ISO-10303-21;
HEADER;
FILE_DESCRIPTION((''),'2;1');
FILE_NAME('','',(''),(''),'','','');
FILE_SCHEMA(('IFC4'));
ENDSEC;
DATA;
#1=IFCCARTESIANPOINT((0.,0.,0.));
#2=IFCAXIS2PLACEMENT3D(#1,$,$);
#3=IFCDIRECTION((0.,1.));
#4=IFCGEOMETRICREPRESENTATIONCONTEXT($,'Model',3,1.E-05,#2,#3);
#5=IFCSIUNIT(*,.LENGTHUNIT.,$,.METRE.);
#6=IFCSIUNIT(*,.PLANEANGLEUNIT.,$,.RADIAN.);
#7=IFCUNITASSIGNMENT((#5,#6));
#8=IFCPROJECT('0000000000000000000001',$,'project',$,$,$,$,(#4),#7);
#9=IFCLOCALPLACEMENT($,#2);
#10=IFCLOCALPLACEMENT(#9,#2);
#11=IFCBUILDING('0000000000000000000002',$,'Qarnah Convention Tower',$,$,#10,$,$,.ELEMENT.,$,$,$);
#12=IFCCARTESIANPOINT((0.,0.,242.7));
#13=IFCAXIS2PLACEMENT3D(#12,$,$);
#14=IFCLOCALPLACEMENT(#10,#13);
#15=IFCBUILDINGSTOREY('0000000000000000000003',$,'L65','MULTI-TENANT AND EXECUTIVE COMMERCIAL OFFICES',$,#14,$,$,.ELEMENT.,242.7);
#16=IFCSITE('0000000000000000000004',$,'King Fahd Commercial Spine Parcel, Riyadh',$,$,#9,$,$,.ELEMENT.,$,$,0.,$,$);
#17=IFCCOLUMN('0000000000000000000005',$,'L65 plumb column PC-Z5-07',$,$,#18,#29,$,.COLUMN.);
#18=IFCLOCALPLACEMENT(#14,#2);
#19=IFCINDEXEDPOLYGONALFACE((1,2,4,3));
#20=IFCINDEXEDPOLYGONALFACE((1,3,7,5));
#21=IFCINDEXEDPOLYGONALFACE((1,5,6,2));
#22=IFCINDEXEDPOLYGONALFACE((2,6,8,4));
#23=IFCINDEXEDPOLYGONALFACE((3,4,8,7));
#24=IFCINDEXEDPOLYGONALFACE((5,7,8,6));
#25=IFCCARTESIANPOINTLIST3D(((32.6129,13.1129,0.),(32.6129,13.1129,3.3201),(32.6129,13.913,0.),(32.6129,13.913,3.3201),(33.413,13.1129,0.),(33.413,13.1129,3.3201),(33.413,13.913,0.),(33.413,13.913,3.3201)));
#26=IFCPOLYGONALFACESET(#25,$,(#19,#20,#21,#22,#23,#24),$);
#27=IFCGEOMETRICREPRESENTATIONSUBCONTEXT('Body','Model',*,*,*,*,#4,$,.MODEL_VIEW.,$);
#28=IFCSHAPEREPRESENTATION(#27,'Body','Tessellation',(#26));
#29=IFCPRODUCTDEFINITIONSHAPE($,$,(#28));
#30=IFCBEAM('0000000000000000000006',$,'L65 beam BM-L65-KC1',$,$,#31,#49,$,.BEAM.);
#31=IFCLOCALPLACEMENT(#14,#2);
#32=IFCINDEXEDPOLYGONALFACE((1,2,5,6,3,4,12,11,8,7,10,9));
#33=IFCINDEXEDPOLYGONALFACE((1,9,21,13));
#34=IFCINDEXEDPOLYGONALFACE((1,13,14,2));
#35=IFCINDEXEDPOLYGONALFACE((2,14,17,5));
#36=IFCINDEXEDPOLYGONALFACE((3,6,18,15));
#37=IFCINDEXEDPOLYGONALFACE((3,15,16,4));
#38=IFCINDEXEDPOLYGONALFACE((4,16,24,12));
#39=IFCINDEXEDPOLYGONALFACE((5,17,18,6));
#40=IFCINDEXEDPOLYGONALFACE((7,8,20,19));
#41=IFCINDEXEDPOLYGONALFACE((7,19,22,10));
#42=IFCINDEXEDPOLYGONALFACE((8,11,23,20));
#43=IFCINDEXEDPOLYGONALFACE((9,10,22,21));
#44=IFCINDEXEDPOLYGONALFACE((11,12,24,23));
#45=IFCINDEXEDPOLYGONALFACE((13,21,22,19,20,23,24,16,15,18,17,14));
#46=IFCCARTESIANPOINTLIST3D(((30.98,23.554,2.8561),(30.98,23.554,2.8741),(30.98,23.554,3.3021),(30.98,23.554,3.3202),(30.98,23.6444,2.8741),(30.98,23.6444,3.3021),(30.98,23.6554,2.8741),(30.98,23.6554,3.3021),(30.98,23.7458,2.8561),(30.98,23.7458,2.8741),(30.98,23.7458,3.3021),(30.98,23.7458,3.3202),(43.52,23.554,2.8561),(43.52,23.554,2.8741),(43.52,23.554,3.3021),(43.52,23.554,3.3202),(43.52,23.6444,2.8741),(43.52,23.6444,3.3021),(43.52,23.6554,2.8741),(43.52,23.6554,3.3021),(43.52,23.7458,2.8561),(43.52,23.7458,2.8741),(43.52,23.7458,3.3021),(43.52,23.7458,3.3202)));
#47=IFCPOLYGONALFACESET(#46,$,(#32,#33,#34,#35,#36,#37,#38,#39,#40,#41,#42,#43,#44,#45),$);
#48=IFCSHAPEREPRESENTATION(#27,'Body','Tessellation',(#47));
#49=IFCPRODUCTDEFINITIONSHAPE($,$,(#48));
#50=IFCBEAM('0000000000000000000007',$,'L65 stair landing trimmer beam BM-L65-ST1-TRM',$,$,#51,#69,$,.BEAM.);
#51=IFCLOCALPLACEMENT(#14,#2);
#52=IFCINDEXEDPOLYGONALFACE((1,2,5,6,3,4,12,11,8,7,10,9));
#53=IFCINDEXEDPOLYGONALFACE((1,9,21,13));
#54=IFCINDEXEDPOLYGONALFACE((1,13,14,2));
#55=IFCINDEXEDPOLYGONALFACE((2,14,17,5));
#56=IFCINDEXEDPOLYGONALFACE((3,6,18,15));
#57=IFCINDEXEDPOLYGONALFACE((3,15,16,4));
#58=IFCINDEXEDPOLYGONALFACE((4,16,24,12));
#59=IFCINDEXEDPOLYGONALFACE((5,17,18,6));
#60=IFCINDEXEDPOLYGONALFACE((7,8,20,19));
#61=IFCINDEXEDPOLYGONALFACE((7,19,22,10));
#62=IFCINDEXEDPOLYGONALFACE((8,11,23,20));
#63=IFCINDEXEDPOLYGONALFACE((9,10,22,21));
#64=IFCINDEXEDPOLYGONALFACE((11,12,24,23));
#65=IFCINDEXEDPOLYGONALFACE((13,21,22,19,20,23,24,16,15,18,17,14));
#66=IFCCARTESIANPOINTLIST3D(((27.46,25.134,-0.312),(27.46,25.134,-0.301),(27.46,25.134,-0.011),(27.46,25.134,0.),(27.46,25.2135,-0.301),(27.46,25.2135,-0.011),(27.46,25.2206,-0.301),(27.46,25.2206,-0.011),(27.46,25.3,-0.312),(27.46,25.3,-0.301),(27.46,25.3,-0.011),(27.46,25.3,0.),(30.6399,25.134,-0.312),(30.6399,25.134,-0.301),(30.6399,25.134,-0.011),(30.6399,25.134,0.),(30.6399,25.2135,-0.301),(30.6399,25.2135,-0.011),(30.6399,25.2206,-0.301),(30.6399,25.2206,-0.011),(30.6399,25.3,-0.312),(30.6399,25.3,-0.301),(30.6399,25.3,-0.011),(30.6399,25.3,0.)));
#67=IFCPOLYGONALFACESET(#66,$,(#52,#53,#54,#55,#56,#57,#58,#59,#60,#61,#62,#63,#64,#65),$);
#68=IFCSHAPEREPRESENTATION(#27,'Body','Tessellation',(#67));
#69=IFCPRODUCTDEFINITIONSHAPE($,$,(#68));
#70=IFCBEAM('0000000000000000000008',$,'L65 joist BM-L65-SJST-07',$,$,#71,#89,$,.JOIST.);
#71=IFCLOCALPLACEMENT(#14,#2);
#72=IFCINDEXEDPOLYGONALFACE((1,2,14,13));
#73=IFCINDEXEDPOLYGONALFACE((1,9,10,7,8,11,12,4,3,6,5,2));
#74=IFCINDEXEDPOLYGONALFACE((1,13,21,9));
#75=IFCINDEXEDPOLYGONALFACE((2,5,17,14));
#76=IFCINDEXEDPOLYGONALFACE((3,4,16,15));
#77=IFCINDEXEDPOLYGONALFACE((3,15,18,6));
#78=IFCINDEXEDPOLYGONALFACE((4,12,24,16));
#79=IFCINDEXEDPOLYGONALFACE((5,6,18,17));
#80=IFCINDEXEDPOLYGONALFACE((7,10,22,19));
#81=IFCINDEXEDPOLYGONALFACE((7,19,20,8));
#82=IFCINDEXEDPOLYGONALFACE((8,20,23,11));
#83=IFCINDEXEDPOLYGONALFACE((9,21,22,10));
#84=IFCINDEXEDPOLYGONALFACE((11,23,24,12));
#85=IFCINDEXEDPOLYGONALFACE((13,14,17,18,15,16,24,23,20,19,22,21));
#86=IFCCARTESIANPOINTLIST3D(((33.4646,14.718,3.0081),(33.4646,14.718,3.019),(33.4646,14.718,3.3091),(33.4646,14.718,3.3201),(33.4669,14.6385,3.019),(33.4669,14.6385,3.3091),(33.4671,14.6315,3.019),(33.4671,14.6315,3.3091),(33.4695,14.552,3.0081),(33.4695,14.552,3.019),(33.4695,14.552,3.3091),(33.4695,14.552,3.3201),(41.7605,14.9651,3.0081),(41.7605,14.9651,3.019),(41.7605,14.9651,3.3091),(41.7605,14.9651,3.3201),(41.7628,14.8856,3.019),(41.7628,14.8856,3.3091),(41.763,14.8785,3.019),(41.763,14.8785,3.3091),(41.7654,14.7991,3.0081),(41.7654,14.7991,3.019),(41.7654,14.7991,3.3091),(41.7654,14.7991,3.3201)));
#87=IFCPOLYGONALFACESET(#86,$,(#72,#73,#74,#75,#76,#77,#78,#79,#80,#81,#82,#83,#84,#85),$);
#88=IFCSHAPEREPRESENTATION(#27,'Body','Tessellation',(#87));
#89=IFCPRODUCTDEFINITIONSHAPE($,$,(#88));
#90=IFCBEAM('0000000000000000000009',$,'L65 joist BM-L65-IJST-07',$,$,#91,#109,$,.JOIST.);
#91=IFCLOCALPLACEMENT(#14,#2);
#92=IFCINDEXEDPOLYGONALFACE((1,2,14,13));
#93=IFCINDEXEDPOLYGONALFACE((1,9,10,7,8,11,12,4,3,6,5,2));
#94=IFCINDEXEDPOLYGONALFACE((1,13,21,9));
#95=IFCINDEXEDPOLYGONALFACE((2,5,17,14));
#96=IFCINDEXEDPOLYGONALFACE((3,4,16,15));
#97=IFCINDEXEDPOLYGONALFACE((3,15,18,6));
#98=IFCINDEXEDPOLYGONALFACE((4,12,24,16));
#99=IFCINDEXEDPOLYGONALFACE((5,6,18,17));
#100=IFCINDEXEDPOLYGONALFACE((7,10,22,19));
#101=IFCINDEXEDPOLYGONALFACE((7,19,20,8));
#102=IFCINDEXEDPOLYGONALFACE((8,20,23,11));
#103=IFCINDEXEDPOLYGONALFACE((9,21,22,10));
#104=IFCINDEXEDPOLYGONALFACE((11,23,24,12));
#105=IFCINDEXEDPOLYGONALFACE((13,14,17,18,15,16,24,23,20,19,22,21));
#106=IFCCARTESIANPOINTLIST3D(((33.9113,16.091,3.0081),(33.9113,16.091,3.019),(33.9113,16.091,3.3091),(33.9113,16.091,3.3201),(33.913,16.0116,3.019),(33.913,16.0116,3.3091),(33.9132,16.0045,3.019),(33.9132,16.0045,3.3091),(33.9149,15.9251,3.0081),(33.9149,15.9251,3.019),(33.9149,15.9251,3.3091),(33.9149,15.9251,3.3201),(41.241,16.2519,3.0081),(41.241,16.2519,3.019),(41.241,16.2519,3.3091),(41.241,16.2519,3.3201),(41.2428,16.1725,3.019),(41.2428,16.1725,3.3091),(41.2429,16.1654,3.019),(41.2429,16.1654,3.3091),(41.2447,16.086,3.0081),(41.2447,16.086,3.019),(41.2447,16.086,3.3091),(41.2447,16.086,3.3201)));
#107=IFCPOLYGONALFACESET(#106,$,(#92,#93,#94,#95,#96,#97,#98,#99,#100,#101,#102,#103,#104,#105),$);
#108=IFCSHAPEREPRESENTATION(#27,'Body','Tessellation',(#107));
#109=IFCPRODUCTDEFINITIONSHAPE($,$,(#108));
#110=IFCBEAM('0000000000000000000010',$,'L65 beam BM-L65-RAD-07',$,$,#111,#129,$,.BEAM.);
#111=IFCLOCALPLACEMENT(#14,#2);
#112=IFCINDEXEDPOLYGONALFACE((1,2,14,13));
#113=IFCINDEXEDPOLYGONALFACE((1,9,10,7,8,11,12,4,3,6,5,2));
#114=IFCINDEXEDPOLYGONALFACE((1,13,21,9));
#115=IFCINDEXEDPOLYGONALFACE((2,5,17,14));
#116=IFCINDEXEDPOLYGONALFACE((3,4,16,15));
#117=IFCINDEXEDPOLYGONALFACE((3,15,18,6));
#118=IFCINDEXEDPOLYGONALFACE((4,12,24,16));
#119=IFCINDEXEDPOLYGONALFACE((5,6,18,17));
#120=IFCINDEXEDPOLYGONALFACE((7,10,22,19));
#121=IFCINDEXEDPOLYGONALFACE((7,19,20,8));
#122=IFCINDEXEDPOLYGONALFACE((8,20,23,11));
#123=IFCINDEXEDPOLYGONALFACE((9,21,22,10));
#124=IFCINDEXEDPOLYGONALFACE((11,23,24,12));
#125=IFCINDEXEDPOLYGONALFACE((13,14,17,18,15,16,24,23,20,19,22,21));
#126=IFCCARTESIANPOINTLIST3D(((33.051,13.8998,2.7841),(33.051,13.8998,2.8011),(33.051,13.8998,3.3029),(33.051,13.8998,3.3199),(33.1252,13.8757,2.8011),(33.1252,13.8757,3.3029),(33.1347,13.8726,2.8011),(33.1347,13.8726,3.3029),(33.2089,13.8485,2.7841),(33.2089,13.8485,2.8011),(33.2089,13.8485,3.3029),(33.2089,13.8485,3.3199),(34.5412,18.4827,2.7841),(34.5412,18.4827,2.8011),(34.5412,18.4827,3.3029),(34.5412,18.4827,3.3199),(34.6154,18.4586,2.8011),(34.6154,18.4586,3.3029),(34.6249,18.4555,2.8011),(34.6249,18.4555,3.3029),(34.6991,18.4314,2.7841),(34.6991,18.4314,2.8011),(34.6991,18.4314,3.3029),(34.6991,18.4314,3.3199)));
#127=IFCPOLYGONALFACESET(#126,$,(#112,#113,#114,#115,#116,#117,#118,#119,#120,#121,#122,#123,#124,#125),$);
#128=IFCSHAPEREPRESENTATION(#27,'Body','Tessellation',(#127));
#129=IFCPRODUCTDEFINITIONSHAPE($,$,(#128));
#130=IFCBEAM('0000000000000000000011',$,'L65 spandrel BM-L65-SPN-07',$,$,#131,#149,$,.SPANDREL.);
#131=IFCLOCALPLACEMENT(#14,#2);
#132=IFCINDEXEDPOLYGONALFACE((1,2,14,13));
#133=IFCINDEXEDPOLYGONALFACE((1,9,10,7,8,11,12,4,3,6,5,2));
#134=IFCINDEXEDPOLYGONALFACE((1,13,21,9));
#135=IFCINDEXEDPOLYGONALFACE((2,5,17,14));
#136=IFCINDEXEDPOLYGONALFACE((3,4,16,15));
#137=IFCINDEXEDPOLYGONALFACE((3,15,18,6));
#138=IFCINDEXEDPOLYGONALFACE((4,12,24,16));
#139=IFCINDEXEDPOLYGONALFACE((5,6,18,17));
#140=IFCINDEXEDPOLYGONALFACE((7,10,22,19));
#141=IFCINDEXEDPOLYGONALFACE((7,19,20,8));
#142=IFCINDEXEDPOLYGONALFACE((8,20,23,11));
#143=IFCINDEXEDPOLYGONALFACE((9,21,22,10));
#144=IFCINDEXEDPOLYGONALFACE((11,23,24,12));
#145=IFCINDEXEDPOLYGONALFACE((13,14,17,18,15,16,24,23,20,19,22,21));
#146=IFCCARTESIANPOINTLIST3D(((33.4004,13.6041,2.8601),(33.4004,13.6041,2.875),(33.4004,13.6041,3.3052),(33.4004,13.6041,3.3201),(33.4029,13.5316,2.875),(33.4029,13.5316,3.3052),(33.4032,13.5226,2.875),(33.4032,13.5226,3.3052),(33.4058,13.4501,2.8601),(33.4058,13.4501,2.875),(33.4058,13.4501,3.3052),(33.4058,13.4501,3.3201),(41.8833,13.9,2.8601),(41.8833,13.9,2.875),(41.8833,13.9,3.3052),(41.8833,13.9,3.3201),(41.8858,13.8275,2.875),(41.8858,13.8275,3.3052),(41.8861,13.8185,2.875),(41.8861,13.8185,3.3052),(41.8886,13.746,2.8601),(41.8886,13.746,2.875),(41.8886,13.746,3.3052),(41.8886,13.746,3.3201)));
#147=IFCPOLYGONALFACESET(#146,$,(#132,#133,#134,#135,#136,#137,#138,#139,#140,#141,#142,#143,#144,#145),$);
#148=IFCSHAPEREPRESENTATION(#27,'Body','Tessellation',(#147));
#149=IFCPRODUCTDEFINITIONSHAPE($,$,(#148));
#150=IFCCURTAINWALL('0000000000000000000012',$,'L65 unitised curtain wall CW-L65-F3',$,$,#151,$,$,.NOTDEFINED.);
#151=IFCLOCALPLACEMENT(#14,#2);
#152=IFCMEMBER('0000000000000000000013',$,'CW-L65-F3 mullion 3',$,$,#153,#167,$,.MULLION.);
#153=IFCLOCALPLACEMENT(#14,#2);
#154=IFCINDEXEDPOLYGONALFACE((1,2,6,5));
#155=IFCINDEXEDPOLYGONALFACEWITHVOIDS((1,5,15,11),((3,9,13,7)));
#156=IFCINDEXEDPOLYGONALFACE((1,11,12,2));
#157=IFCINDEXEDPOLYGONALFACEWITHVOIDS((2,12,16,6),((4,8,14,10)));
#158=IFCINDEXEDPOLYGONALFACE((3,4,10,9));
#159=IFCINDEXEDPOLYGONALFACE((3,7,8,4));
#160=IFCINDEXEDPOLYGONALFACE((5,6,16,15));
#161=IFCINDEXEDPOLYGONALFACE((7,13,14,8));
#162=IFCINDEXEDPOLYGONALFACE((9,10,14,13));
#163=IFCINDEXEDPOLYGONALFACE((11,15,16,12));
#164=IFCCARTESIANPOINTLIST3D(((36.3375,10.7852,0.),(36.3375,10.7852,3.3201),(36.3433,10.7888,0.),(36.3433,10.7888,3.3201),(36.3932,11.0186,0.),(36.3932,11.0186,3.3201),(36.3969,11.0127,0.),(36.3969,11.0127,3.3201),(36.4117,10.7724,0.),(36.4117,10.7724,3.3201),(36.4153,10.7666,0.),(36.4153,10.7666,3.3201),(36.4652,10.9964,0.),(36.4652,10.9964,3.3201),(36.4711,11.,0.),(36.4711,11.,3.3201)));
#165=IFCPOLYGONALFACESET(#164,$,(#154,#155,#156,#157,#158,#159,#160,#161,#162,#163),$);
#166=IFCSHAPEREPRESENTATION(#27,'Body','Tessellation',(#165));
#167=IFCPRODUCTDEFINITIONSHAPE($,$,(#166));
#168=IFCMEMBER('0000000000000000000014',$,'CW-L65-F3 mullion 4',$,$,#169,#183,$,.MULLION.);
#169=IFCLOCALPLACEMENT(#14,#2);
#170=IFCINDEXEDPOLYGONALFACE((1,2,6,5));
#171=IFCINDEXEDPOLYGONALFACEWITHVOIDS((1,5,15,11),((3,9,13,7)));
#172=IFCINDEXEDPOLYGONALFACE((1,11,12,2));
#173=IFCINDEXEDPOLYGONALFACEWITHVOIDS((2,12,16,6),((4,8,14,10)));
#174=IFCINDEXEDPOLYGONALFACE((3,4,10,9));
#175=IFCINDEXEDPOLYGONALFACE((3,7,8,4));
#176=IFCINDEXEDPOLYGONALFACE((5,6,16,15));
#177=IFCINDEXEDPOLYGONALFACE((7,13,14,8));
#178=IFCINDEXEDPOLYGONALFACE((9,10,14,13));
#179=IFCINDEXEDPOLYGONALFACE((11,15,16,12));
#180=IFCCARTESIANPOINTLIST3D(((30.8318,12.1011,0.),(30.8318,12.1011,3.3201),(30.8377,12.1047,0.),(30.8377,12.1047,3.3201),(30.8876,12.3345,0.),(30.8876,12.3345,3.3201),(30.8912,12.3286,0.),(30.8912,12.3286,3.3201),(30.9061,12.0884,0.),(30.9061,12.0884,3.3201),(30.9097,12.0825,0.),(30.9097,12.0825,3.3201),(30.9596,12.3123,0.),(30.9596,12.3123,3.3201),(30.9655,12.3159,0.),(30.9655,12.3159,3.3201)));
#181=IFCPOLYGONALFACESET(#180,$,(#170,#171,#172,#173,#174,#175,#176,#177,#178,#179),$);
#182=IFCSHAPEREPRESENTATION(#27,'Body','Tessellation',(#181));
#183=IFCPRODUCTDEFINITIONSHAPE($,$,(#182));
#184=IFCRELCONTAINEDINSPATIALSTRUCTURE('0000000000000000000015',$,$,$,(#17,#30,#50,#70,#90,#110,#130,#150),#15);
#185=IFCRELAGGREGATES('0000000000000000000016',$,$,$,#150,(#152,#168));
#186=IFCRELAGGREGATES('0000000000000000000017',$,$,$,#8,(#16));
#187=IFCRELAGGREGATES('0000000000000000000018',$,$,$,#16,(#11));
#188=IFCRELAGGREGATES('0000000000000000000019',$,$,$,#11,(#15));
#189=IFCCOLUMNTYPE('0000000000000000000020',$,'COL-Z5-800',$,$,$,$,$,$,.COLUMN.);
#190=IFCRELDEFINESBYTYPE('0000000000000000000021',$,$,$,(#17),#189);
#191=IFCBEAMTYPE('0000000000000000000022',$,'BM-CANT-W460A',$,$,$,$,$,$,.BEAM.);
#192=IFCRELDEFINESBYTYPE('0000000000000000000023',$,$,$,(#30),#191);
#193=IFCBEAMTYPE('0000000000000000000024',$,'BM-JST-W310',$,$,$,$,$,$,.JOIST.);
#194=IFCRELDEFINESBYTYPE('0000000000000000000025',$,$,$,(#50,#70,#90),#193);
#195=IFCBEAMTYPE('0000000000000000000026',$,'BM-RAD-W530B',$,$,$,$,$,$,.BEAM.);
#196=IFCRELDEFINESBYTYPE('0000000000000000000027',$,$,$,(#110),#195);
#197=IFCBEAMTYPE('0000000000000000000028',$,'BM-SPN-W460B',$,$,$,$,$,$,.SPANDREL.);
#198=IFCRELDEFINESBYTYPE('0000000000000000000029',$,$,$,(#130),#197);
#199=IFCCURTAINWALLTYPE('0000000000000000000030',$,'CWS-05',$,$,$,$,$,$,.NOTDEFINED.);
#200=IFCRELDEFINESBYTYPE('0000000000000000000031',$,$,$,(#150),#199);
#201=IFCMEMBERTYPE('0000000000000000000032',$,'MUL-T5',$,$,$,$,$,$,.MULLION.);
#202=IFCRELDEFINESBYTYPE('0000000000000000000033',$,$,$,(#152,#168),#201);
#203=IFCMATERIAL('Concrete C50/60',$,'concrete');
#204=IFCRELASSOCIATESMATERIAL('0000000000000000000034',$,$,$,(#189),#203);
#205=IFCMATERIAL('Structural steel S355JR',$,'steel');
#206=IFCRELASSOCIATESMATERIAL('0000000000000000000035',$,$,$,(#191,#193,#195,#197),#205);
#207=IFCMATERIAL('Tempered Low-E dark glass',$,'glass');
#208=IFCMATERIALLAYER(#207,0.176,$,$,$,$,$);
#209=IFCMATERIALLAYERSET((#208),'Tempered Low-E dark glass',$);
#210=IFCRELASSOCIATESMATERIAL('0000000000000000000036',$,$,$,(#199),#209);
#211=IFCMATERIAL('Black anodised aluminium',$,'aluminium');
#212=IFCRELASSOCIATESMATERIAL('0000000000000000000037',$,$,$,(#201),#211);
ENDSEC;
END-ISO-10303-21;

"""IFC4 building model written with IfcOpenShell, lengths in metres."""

from ifc_helpers import new_model, si_unit, direction, frame, origin, origin_2d, place, context, subcontext, project, spatial, rectangle, hollow_rectangle, i_section, extrude, material, layer, layer_set, material_profile, profile_set, type_object, element, aggregate, save


model = new_model("IFC4")

# Units and contexts
model_context = context("Model", 3, precision=1e-05, world=origin(), true_north=direction((0.0, 1.0)))
body_context = subcontext(model_context, "Body", "Model", "MODEL_VIEW")
ifc_project = project(units=[si_unit("LENGTHUNIT", "METRE"), si_unit("PLANEANGLEUNIT", "RADIAN")], contexts=[model_context])

# Site, building, storey
site_placement = place(None, origin())
site = spatial("IfcSite", under=ifc_project, at=site_placement, Name="King Fahd Commercial Spine Parcel, Riyadh", CompositionType="ELEMENT", RefElevation=0.0)
building_placement = place(site_placement, origin())
building = spatial("IfcBuilding", under=site, at=building_placement, Name="Qarnah Convention Tower", CompositionType="ELEMENT")
storey_placement = place(building_placement, frame((0.0, 0.0, 242.7)))
storey = spatial("IfcBuildingStorey", under=building, at=storey_placement, Name="L65", Description="MULTI-TENANT AND EXECUTIVE COMMERCIAL OFFICES", CompositionType="ELEMENT", Elevation=242.7)

# Column
ifc_material_1 = material(Name="Concrete C50/60", Category="concrete")
ifc_material_profile_1 = material_profile(ifc_material_1, rectangle(XDim=0.8, YDim=0.8, at=origin_2d()), Name="RC-COL-800X800")
ifc_profile_set_1 = profile_set([ifc_material_profile_1], Name="Concrete C50/60")
column_type = type_object("IfcColumnType", Name="COL-Z5-800", PredefinedType="COLUMN", material=ifc_profile_set_1)
column_placement = place(storey_placement, frame((33.0129, 13.5129, 0.0), z_axis=(0.0, 0.0, 1.0), x_axis=(1.0, 0.0, 0.0)))
element("IfcColumn", 1, at=column_placement, inside=storey, type_object=column_type, Name="L65 plumb column PC-Z5-07", PredefinedType="COLUMN", context=body_context, shape_type="SweptSolid", body=[
    extrude(rectangle(XDim=0.8, YDim=0.8, at=origin_2d()), origin(), (0.0, 0.0, 1.0), 3.3201),
])

# Beams
ifc_material_2 = material(Name="Structural steel S355JR", Category="steel")
ifc_material_profile_2 = material_profile(ifc_material_2, i_section(OverallWidth=0.1919, OverallDepth=0.4641, WebThickness=0.011, FlangeThickness=0.0181, at=origin_2d()), Name="W460X89")
ifc_profile_set_2 = profile_set([ifc_material_profile_2], Name="Structural steel S355JR")
beam_type_1 = type_object("IfcBeamType", Name="BM-CANT-W460A", PredefinedType="BEAM", material=ifc_profile_set_2)
beam_1_placement = place(storey_placement, frame((30.98, 23.6499, 3.0881), z_axis=(1.0, 0.0, 0.0), x_axis=(0.0, 1.0, 0.0)))
element("IfcBeam", 2, at=beam_1_placement, inside=storey, type_object=beam_type_1, Name="L65 beam BM-L65-KC1", PredefinedType="BEAM", context=body_context, shape_type="SweptSolid", body=[
    extrude(i_section(OverallWidth=0.1919, OverallDepth=0.4641, WebThickness=0.011, FlangeThickness=0.0181, at=origin_2d()), origin(), (0.0, 0.0, 1.0), 12.54),
])
ifc_material_profile_3 = material_profile(ifc_material_2, i_section(OverallWidth=0.166, OverallDepth=0.312, WebThickness=0.0071, FlangeThickness=0.011, at=origin_2d()), Name="W310X45")
ifc_profile_set_3 = profile_set([ifc_material_profile_3], Name="Structural steel S355JR")
beam_type_2 = type_object("IfcBeamType", Name="BM-JST-W310", PredefinedType="JOIST", material=ifc_profile_set_3)
beam_2_placement = place(storey_placement, frame((27.46, 25.217, -0.156), z_axis=(1.0, 0.0, 0.0), x_axis=(0.0, 1.0, 0.0)))
element("IfcBeam", 3, at=beam_2_placement, inside=storey, type_object=beam_type_2, Name="L65 stair landing trimmer beam BM-L65-ST1-TRM", PredefinedType="BEAM", context=body_context, shape_type="SweptSolid", body=[
    extrude(i_section(OverallWidth=0.166, OverallDepth=0.312, WebThickness=0.0071, FlangeThickness=0.011, at=origin_2d()), origin(), (0.0, 0.0, 1.0), 3.1799),
])
beam_3_placement = place(storey_placement, frame((33.467, 14.635, 3.1641), z_axis=(0.999557, 0.029769, 0.0), x_axis=(-0.029769, 0.999557, 0.0)))
element("IfcBeam", 4, at=beam_3_placement, inside=storey, type_object=beam_type_2, Name="L65 joist BM-L65-SJST-07", PredefinedType="JOIST", context=body_context, shape_type="SweptSolid", body=[
    extrude(i_section(OverallWidth=0.166, OverallDepth=0.312, WebThickness=0.0071, FlangeThickness=0.011, at=origin_2d()), origin(), (0.0, 0.0, 1.0), 8.2996),
])
beam_4_placement = place(storey_placement, frame((33.9131, 16.0081, 3.1641), z_axis=(0.999759, 0.021945, 0.0), x_axis=(-0.021945, 0.999759, 0.0)))
element("IfcBeam", 5, at=beam_4_placement, inside=storey, type_object=beam_type_2, Name="L65 joist BM-L65-IJST-07", PredefinedType="JOIST", context=body_context, shape_type="SweptSolid", body=[
    extrude(i_section(OverallWidth=0.166, OverallDepth=0.312, WebThickness=0.0071, FlangeThickness=0.011, at=origin_2d()), origin(), (0.0, 0.0, 1.0), 7.3315),
])
ifc_material_profile_4 = material_profile(ifc_material_2, i_section(OverallWidth=0.166, OverallDepth=0.5359, WebThickness=0.01, FlangeThickness=0.0171, at=origin_2d()), Name="W530X85")
ifc_profile_set_4 = profile_set([ifc_material_profile_4], Name="Structural steel S355JR")
beam_type_3 = type_object("IfcBeamType", Name="BM-RAD-W530B", PredefinedType="BEAM", material=ifc_profile_set_4)
beam_5_placement = place(storey_placement, frame((34.6201, 18.457, 3.052), z_axis=(-0.309228, -0.950988, 0.0), x_axis=(0.950988, -0.309228, 0.0)))
element("IfcBeam", 6, at=beam_5_placement, inside=storey, type_object=beam_type_3, Name="L65 beam BM-L65-RAD-07", PredefinedType="BEAM", context=body_context, shape_type="SweptSolid", body=[
    extrude(i_section(OverallWidth=0.166, OverallDepth=0.5359, WebThickness=0.01, FlangeThickness=0.0171, at=origin_2d()), origin(), (0.0, 0.0, 1.0), 4.8191),
])
ifc_material_profile_5 = material_profile(ifc_material_2, i_section(OverallWidth=0.1541, OverallDepth=0.46, WebThickness=0.009, FlangeThickness=0.0149, at=origin_2d()), Name="W460X68")
ifc_profile_set_5 = profile_set([ifc_material_profile_5], Name="Structural steel S355JR")
beam_type_4 = type_object("IfcBeamType", Name="BM-SPN-W460B", PredefinedType="SPANDREL", material=ifc_profile_set_5)
beam_6_placement = place(storey_placement, frame((33.4031, 13.5271, 3.0901), z_axis=(0.999392, 0.034861, 0.0), x_axis=(-0.034861, 0.999392, 0.0)))
element("IfcBeam", 7, at=beam_6_placement, inside=storey, type_object=beam_type_4, Name="L65 spandrel BM-L65-SPN-07", PredefinedType="SPANDREL", context=body_context, shape_type="SweptSolid", body=[
    extrude(i_section(OverallWidth=0.1541, OverallDepth=0.46, WebThickness=0.009, FlangeThickness=0.0149, at=origin_2d()), origin(), (0.0, 0.0, 1.0), 8.488),
])

# Curtain wall, members
ifc_material_3 = material(Name="Tempered Low-E dark glass", Category="glass")
ifc_layer_1 = layer(ifc_material_3, 0.176)
ifc_layer_set_1 = layer_set([ifc_layer_1], Name="Tempered Low-E dark glass")
curtain_wall_type = type_object("IfcCurtainWallType", Name="CWS-05", PredefinedType="NOTDEFINED", material=ifc_layer_set_1)
curtain_wall_placement = place(storey_placement, origin())
curtain_wall = element("IfcCurtainWall", 8, at=curtain_wall_placement, inside=storey, type_object=curtain_wall_type, Name="L65 unitised curtain wall CW-L65-F3", PredefinedType="NOTDEFINED")
ifc_material_4 = material(Name="Black anodised aluminium", Category="aluminium")
ifc_material_profile_6 = material_profile(ifc_material_4, hollow_rectangle(XDim=0.0801, YDim=0.24, WallThickness=0.0049, at=origin_2d()), Name="MUL-80X240")
ifc_profile_set_6 = profile_set([ifc_material_profile_6], Name="Black anodised aluminium")
member_type = type_object("IfcMemberType", Name="MUL-T5", PredefinedType="MULLION", material=ifc_profile_set_6)
member_1_placement = place(storey_placement, frame((36.4043, 10.8926, 0.0), z_axis=(0.0, 0.0, 1.0), x_axis=(-0.972607, 0.232455, 0.0)))
member_1 = element("IfcMember", 9, at=member_1_placement, type_object=member_type, Name="CW-L65-F3 mullion 3", PredefinedType="MULLION", context=body_context, shape_type="SweptSolid", body=[
    extrude(hollow_rectangle(XDim=0.0801, YDim=0.24, WallThickness=0.0049, at=origin_2d()), origin(), (0.0, 0.0, 1.0), 3.3201),
])
member_2_placement = place(storey_placement, frame((30.8987, 12.2085, 0.0), z_axis=(0.0, 0.0, 1.0), x_axis=(-0.972607, 0.232455, 0.0)))
member_2 = element("IfcMember", 10, at=member_2_placement, type_object=member_type, Name="CW-L65-F3 mullion 4", PredefinedType="MULLION", context=body_context, shape_type="SweptSolid", body=[
    extrude(hollow_rectangle(XDim=0.0801, YDim=0.24, WallThickness=0.0049, at=origin_2d()), origin(), (0.0, 0.0, 1.0), 3.3201),
])
aggregate(curtain_wall, [member_1, member_2])

save(model, "model.ifc")
